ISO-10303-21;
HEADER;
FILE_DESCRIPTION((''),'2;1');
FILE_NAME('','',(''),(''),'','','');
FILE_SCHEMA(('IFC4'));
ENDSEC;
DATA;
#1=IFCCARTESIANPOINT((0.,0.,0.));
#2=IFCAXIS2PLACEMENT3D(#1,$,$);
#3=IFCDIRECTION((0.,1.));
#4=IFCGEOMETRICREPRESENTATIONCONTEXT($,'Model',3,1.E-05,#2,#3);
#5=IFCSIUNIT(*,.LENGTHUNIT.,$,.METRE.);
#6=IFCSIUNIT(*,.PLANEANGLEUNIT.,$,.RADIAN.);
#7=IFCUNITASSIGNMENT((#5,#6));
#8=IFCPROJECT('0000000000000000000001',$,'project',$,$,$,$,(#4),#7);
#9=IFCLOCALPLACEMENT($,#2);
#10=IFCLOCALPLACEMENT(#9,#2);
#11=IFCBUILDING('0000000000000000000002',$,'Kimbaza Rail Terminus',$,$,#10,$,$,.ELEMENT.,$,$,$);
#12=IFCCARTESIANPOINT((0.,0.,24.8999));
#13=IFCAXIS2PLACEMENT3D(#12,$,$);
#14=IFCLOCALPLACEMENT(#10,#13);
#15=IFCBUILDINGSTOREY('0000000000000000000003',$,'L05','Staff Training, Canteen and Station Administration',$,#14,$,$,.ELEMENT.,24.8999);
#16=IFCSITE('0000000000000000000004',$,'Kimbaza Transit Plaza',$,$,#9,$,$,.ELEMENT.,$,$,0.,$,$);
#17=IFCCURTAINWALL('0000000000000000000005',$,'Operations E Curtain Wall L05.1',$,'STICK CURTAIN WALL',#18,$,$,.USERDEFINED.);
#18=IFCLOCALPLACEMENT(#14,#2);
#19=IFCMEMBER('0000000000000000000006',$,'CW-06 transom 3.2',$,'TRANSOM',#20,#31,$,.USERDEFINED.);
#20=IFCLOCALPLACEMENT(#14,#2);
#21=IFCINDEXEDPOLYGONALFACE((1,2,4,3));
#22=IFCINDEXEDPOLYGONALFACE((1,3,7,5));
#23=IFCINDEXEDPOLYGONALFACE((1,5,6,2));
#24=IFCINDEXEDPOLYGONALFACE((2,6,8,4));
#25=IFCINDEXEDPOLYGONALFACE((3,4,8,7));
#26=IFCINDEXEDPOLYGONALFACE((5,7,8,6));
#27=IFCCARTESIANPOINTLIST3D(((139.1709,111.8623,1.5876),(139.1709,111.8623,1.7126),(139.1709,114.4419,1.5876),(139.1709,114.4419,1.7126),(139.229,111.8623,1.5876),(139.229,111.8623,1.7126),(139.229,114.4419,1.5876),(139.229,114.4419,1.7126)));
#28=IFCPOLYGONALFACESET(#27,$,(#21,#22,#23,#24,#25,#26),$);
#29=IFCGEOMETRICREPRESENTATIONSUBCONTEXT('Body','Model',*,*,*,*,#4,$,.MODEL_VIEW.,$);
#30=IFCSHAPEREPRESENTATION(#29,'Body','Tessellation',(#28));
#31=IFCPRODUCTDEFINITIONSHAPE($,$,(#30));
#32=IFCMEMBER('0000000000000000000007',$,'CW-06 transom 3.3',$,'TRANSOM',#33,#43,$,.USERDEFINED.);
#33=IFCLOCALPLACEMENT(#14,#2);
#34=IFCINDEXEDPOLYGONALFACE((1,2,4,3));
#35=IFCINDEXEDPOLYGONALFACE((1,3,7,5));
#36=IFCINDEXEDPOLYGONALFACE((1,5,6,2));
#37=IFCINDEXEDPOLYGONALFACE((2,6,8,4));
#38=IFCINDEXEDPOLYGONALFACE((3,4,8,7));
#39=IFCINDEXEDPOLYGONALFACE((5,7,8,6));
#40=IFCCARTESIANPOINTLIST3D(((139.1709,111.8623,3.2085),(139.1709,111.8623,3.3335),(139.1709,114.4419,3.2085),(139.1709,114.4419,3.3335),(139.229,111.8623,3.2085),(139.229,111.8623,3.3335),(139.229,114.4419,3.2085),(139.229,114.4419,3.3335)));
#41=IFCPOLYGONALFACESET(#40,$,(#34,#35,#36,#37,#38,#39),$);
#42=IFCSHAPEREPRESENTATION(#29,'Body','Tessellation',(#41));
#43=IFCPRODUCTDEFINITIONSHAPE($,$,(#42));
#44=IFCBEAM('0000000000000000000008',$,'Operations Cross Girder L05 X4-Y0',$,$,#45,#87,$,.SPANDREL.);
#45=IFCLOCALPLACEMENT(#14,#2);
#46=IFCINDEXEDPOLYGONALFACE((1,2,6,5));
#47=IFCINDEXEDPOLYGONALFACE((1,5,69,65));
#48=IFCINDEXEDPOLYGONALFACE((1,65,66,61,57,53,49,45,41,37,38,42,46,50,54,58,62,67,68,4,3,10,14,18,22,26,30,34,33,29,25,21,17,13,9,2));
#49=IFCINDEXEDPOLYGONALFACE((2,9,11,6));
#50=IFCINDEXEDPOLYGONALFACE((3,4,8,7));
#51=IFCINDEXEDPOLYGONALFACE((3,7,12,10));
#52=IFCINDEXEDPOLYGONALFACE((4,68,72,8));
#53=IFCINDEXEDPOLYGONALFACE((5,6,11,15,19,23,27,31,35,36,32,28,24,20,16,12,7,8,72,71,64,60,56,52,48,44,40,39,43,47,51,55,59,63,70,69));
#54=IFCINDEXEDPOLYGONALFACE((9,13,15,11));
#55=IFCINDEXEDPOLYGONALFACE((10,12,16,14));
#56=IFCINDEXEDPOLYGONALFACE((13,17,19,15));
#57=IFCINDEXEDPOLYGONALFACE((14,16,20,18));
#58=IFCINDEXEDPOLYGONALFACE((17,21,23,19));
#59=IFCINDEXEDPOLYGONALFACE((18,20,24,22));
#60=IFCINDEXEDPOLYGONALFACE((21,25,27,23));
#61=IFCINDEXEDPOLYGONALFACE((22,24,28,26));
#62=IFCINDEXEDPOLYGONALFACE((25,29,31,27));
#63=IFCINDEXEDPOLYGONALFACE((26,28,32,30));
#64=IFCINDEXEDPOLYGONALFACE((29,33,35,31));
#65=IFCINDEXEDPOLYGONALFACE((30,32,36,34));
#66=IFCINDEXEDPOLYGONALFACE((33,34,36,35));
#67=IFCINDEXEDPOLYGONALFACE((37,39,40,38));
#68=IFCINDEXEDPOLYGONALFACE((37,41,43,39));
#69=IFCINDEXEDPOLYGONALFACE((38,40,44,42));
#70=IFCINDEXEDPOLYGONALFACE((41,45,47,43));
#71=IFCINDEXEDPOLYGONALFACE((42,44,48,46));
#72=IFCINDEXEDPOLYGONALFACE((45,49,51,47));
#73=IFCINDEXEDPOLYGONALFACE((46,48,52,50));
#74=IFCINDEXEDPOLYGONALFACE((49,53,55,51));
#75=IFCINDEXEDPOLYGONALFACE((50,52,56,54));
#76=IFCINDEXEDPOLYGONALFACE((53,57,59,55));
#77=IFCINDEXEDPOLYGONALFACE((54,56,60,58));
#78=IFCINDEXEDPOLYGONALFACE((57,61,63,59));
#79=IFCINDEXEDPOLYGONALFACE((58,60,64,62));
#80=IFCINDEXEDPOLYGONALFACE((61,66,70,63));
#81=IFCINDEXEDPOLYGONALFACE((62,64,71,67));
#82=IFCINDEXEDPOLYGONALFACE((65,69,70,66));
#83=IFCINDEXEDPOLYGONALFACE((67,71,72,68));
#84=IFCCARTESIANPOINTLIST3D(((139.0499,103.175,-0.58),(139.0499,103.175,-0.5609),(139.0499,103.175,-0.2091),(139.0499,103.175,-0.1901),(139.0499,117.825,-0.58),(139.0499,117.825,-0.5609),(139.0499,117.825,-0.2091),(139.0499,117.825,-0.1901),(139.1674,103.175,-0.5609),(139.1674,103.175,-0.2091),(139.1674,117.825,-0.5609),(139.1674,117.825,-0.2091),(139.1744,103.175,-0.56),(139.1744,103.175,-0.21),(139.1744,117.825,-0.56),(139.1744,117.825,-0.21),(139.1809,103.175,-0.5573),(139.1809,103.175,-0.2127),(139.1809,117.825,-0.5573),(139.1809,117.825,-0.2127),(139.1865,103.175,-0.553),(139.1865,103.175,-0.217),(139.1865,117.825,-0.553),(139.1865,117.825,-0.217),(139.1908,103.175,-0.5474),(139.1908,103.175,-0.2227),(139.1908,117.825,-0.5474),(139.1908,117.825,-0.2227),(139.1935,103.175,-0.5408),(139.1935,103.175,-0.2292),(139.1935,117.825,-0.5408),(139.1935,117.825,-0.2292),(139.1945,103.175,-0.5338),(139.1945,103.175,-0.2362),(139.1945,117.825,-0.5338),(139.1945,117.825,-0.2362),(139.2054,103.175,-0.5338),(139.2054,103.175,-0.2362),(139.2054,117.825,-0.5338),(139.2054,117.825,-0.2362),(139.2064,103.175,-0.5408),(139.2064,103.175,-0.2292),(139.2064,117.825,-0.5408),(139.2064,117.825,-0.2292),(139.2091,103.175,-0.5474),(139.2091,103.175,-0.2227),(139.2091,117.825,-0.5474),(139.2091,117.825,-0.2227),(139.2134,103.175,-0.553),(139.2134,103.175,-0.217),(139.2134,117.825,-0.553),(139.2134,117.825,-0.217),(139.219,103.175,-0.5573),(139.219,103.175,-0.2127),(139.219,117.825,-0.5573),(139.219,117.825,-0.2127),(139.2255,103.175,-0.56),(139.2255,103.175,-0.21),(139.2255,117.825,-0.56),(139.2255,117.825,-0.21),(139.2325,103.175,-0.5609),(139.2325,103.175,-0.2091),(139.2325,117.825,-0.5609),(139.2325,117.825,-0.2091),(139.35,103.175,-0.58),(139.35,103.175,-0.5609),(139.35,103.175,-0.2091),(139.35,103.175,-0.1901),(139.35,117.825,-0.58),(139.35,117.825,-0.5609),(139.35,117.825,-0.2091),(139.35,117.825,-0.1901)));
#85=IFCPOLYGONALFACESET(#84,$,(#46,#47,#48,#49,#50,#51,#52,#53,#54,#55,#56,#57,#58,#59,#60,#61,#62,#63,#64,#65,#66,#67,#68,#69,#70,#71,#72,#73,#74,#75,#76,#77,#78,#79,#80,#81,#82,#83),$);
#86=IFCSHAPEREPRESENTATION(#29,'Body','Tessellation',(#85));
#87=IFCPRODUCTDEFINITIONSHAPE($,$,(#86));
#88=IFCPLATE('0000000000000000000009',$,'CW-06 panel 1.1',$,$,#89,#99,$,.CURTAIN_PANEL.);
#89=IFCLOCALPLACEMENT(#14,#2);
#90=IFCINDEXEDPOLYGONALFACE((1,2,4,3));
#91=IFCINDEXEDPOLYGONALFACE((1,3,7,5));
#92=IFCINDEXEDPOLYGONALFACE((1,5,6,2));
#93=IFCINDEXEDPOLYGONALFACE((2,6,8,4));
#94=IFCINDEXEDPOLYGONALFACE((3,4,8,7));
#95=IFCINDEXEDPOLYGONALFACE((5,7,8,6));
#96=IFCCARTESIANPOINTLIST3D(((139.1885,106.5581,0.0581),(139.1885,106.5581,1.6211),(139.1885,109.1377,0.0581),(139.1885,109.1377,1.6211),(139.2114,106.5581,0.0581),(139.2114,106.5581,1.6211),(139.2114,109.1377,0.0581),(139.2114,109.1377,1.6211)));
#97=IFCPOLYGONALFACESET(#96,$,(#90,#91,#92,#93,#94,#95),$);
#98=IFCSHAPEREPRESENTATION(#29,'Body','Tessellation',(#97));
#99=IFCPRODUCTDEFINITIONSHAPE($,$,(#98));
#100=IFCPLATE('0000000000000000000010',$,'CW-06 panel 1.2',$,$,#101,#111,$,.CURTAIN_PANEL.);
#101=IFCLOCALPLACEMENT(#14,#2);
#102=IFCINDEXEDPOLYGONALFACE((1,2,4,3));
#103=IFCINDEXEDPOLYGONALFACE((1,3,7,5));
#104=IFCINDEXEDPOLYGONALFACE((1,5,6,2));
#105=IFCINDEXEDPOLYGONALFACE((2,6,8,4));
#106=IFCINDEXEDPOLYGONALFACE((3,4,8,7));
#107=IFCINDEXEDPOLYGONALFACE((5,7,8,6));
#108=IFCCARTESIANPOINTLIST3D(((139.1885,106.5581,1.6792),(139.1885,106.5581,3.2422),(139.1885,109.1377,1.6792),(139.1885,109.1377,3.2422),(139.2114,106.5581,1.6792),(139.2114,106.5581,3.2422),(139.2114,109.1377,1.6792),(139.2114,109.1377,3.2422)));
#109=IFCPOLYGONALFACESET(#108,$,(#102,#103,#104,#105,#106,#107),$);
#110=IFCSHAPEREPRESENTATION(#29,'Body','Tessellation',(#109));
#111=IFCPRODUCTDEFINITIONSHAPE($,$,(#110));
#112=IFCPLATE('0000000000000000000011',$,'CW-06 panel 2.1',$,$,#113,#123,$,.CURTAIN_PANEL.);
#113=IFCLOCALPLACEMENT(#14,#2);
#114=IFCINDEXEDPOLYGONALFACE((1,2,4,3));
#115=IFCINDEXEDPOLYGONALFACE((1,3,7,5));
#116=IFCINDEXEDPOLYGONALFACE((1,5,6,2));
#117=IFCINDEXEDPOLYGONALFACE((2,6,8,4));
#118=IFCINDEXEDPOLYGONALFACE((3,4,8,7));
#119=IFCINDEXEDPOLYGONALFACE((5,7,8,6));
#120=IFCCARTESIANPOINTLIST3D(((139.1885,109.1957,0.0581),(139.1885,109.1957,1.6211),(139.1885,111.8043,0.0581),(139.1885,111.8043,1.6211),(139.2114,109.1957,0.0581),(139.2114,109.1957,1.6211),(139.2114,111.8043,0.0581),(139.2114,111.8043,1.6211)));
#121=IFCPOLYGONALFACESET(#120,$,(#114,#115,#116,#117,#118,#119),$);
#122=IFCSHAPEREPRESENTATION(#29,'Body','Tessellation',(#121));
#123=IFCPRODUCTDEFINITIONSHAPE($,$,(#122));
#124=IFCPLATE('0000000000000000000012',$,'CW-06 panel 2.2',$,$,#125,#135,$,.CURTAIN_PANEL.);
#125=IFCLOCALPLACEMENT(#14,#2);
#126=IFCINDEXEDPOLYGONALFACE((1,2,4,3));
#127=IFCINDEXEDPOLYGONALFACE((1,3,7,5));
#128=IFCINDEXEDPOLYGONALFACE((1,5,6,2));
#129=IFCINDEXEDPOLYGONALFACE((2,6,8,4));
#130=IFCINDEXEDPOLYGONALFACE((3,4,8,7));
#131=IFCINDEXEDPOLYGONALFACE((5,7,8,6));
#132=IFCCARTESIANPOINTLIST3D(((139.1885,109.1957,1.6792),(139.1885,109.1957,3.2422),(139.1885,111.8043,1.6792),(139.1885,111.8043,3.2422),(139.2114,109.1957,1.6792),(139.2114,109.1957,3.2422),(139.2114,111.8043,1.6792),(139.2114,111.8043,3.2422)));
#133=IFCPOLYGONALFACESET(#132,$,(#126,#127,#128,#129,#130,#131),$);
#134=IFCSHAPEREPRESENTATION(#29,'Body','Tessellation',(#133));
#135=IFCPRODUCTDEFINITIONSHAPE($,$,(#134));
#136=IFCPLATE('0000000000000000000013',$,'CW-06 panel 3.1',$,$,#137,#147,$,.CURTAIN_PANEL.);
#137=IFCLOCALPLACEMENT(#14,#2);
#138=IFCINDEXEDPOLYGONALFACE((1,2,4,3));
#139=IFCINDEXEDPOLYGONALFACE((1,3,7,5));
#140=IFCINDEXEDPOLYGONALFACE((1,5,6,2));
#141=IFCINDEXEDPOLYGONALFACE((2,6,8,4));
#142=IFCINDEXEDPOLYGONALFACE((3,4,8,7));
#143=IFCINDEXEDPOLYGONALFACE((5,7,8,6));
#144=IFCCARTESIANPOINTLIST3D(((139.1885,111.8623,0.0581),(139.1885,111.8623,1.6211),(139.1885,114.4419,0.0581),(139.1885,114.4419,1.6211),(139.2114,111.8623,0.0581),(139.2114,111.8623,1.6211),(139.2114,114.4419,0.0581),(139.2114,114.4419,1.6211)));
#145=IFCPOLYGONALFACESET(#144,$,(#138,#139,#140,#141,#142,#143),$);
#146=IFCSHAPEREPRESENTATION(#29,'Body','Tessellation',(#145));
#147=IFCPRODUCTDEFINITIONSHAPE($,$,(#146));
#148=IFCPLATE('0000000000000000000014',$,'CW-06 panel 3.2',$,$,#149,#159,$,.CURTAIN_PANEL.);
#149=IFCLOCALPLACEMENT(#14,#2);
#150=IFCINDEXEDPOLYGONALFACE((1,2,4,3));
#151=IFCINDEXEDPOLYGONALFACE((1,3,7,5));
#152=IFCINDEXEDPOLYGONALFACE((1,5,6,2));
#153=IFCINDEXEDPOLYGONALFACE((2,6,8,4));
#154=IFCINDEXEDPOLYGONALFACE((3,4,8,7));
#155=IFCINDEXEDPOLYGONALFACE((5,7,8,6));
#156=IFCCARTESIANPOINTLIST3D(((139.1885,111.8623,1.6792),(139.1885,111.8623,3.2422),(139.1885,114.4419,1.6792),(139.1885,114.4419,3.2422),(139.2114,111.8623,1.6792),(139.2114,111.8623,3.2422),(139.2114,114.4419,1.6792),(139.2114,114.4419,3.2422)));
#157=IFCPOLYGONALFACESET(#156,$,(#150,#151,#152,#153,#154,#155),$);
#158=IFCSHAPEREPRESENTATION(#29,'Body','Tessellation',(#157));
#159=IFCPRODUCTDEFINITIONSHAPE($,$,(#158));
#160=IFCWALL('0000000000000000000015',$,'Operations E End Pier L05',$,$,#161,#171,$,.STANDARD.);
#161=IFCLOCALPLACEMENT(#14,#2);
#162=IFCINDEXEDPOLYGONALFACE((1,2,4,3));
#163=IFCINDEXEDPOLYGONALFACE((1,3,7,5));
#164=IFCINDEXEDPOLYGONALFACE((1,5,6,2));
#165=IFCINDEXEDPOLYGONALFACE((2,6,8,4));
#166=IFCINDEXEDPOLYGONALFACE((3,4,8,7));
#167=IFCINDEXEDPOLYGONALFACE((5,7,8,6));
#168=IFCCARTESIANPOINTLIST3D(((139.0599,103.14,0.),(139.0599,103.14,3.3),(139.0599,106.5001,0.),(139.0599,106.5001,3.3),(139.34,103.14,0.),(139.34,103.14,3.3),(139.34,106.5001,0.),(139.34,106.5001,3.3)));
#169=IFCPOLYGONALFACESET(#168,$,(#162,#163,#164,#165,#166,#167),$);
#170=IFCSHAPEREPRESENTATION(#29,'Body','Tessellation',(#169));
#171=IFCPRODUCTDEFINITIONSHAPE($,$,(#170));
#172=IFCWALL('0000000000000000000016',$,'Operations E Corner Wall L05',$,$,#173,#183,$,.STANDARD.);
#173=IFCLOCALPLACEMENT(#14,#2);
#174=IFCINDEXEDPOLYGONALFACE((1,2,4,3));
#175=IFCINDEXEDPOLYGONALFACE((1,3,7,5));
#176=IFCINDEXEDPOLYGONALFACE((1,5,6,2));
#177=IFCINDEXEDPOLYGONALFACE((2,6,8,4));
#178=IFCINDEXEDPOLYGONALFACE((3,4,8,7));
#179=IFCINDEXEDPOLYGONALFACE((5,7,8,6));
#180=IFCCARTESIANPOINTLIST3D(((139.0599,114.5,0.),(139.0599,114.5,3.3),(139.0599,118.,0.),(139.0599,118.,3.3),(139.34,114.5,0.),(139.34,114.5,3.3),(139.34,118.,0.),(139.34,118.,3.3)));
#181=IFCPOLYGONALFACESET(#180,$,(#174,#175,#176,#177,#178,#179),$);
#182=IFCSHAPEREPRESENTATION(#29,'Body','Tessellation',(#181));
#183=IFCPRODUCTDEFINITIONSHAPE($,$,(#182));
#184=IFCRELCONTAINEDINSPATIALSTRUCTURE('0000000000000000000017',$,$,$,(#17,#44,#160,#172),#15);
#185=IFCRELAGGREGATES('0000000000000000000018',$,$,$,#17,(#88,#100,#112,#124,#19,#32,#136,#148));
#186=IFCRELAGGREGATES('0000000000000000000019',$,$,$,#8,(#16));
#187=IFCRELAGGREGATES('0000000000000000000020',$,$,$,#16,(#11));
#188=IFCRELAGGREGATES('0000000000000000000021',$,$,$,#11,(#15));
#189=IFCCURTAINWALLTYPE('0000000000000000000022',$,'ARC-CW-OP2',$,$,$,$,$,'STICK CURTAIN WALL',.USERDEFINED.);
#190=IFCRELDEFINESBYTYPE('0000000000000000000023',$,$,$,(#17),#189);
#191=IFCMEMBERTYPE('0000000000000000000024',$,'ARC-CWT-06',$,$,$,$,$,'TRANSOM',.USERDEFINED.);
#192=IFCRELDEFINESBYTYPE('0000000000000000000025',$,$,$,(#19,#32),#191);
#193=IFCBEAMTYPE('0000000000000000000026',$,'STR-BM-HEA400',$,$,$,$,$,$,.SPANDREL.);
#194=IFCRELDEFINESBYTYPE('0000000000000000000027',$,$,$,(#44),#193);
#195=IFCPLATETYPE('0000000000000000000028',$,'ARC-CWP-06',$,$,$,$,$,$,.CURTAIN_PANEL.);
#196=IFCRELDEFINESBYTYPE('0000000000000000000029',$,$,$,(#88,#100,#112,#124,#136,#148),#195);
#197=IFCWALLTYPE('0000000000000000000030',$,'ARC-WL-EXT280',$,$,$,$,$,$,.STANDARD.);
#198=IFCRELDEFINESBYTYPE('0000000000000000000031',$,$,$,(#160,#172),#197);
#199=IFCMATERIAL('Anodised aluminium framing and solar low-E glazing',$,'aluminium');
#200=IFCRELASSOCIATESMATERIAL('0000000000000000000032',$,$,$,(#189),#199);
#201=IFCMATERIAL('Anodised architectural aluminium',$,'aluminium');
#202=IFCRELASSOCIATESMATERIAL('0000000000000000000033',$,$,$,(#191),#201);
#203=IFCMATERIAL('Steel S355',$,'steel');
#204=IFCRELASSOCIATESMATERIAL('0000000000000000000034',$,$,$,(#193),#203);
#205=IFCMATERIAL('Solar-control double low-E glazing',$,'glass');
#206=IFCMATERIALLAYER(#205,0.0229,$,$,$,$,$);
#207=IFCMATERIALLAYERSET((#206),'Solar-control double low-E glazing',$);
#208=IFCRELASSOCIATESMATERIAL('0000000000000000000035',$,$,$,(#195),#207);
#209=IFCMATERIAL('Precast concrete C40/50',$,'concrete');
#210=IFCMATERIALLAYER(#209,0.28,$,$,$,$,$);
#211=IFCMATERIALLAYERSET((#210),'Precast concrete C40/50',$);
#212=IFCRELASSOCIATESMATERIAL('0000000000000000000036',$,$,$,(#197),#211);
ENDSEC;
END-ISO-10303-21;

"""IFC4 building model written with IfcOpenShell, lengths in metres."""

from ifc_helpers import new_model, si_unit, direction, frame, frame_2d, origin, origin_2d, place, context, subcontext, project, spatial, rectangle, i_section, extrude, material, layer, layer_set, material_profile, profile_set, type_object, element, aggregate, save


model = new_model("IFC4")

# Units and contexts
model_context = context("Model", 3, precision=1e-05, world=origin(), true_north=direction((0.0, 1.0)))
body_context = subcontext(model_context, "Body", "Model", "MODEL_VIEW")
ifc_project = project(units=[si_unit("LENGTHUNIT", "METRE"), si_unit("PLANEANGLEUNIT", "RADIAN")], contexts=[model_context])

# Site, building, storey
site_placement = place(None, origin())
site = spatial("IfcSite", under=ifc_project, at=site_placement, Name="Kimbaza Transit Plaza", CompositionType="ELEMENT", RefElevation=0.0)
building_placement = place(site_placement, origin())
building = spatial("IfcBuilding", under=site, at=building_placement, Name="Kimbaza Rail Terminus", CompositionType="ELEMENT")
storey_placement = place(building_placement, frame((0.0, 0.0, 24.8999)))
storey = spatial("IfcBuildingStorey", under=building, at=storey_placement, Name="L05", Description="Staff Training, Canteen and Station Administration", CompositionType="ELEMENT", Elevation=24.8999)

# Curtain wall, members
ifc_material_1 = material(Name="Anodised aluminium framing and solar low-E glazing", Category="aluminium")
curtain_wall_type = type_object("IfcCurtainWallType", Name="ARC-CW-OP2", ElementType="STICK CURTAIN WALL", PredefinedType="USERDEFINED", material=ifc_material_1)
curtain_wall_placement = place(storey_placement, origin())
curtain_wall = element("IfcCurtainWall", 1, at=curtain_wall_placement, inside=storey, type_object=curtain_wall_type, Name="Operations E Curtain Wall L05.1", ObjectType="STICK CURTAIN WALL", PredefinedType="USERDEFINED")
ifc_material_2 = material(Name="Anodised architectural aluminium", Category="aluminium")
ifc_material_profile_1 = material_profile(ifc_material_2, rectangle(XDim=0.0581, YDim=0.125, at=origin_2d()), Name="TRANSOM 58x125")
ifc_profile_set_1 = profile_set([ifc_material_profile_1], Name="Anodised architectural aluminium")
member_type_1 = type_object("IfcMemberType", Name="ARC-CWT-06", ElementType="TRANSOM", PredefinedType="USERDEFINED", material=ifc_profile_set_1)
member_1_placement = place(storey_placement, frame((139.2, 111.8623, 1.6501), z_axis=(0.0, 1.0, 0.0), x_axis=(-1.0, 0.0, 0.0)))
member_1 = element("IfcMember", 2, at=member_1_placement, type_object=member_type_1, Name="CW-06 transom 3.2", ObjectType="TRANSOM", PredefinedType="USERDEFINED", context=body_context, shape_type="SweptSolid", body=[
    extrude(rectangle(XDim=0.0581, YDim=0.125, at=origin_2d()), origin(), (0.0, 0.0, 1.0), 2.5796),
])
member_2_placement = place(storey_placement, frame((139.2, 111.8623, 3.271), z_axis=(0.0, 1.0, 0.0), x_axis=(-1.0, 0.0, 0.0)))
member_2 = element("IfcMember", 3, at=member_2_placement, type_object=member_type_1, Name="CW-06 transom 3.3", ObjectType="TRANSOM", PredefinedType="USERDEFINED", context=body_context, shape_type="SweptSolid", body=[
    extrude(rectangle(XDim=0.0581, YDim=0.125, at=origin_2d()), origin(), (0.0, 0.0, 1.0), 2.5796),
])

# Beam
ifc_material_3 = material(Name="Steel S355", Category="steel")
ifc_material_profile_2 = material_profile(ifc_material_3, i_section(OverallWidth=0.3, OverallDepth=0.3899, WebThickness=0.011, FlangeThickness=0.019, FilletRadius=0.0271, at=origin_2d()), Name="HEA 400")
ifc_profile_set_2 = profile_set([ifc_material_profile_2], Name="Steel S355")
beam_type = type_object("IfcBeamType", Name="STR-BM-HEA400", PredefinedType="SPANDREL", material=ifc_profile_set_2)
beam_placement = place(storey_placement, frame((139.2, 103.175, -0.385), z_axis=(0.0, 1.0, 0.0), x_axis=(-1.0, 0.0, 0.0)))
element("IfcBeam", 4, at=beam_placement, inside=storey, type_object=beam_type, Name="Operations Cross Girder L05 X4-Y0", PredefinedType="SPANDREL", context=body_context, shape_type="SweptSolid", body=[
    extrude(i_section(OverallWidth=0.3, OverallDepth=0.3899, WebThickness=0.011, FlangeThickness=0.019, FilletRadius=0.0271, at=origin_2d()), origin(), (0.0, 0.0, 1.0), 14.6499),
])

# Plates
ifc_material_4 = material(Name="Solar-control double low-E glazing", Category="glass")
ifc_layer_1 = layer(ifc_material_4, 0.0229)
ifc_layer_set_1 = layer_set([ifc_layer_1], Name="Solar-control double low-E glazing")
plate_type = type_object("IfcPlateType", Name="ARC-CWP-06", PredefinedType="CURTAIN_PANEL", material=ifc_layer_set_1)
plate_1_placement = place(storey_placement, frame((139.2, 107.8479, 0.0581), z_axis=(0.0, 0.0, 1.0), x_axis=(0.0, 1.0, 0.0)))
plate_1 = element("IfcPlate", 5, at=plate_1_placement, type_object=plate_type, Name="CW-06 panel 1.1", PredefinedType="CURTAIN_PANEL", context=body_context, shape_type="SweptSolid", body=[
    extrude(rectangle(XDim=2.5796, YDim=0.0229, at=origin_2d()), origin(), (0.0, 0.0, 1.0), 1.563),
])
plate_2_placement = place(storey_placement, frame((139.2, 107.8479, 1.6792), z_axis=(0.0, 0.0, 1.0), x_axis=(0.0, 1.0, 0.0)))
plate_2 = element("IfcPlate", 6, at=plate_2_placement, type_object=plate_type, Name="CW-06 panel 1.2", PredefinedType="CURTAIN_PANEL", context=body_context, shape_type="SweptSolid", body=[
    extrude(rectangle(XDim=2.5796, YDim=0.0229, at=origin_2d()), origin(), (0.0, 0.0, 1.0), 1.563),
])
plate_3_placement = place(storey_placement, frame((139.2, 110.5, 0.0581), z_axis=(0.0, 0.0, 1.0), x_axis=(0.0, 1.0, 0.0)))
plate_3 = element("IfcPlate", 7, at=plate_3_placement, type_object=plate_type, Name="CW-06 panel 2.1", PredefinedType="CURTAIN_PANEL", context=body_context, shape_type="SweptSolid", body=[
    extrude(rectangle(XDim=2.6086, YDim=0.0229, at=origin_2d()), origin(), (0.0, 0.0, 1.0), 1.563),
])
plate_4_placement = place(storey_placement, frame((139.2, 110.5, 1.6792), z_axis=(0.0, 0.0, 1.0), x_axis=(0.0, 1.0, 0.0)))
plate_4 = element("IfcPlate", 8, at=plate_4_placement, type_object=plate_type, Name="CW-06 panel 2.2", PredefinedType="CURTAIN_PANEL", context=body_context, shape_type="SweptSolid", body=[
    extrude(rectangle(XDim=2.6086, YDim=0.0229, at=origin_2d()), origin(), (0.0, 0.0, 1.0), 1.563),
])
plate_5_placement = place(storey_placement, frame((139.2, 113.1521, 0.0581), z_axis=(0.0, 0.0, 1.0), x_axis=(0.0, 1.0, 0.0)))
plate_5 = element("IfcPlate", 9, at=plate_5_placement, type_object=plate_type, Name="CW-06 panel 3.1", PredefinedType="CURTAIN_PANEL", context=body_context, shape_type="SweptSolid", body=[
    extrude(rectangle(XDim=2.5796, YDim=0.0229, at=origin_2d()), origin(), (0.0, 0.0, 1.0), 1.563),
])
plate_6_placement = place(storey_placement, frame((139.2, 113.1521, 1.6792), z_axis=(0.0, 0.0, 1.0), x_axis=(0.0, 1.0, 0.0)))
plate_6 = element("IfcPlate", 10, at=plate_6_placement, type_object=plate_type, Name="CW-06 panel 3.2", PredefinedType="CURTAIN_PANEL", context=body_context, shape_type="SweptSolid", body=[
    extrude(rectangle(XDim=2.5796, YDim=0.0229, at=origin_2d()), origin(), (0.0, 0.0, 1.0), 1.563),
])
aggregate(curtain_wall, [plate_1, plate_2, plate_3, plate_4, member_1, member_2, plate_5, plate_6])

# Walls
ifc_material_5 = material(Name="Precast concrete C40/50", Category="concrete")
ifc_layer_2 = layer(ifc_material_5, 0.28)
ifc_layer_set_2 = layer_set([ifc_layer_2], Name="Precast concrete C40/50")
wall_type_1 = type_object("IfcWallType", Name="ARC-WL-EXT280", PredefinedType="STANDARD", material=ifc_layer_set_2)
wall_1_placement = place(storey_placement, frame((139.2, 103.1399, 0.0), z_axis=(0.0, 0.0, 1.0), x_axis=(0.0, 1.0, 0.0)))
element("IfcWall", 11, at=wall_1_placement, inside=storey, type_object=wall_type_1, Name="Operations E End Pier L05", PredefinedType="STANDARD", context=body_context, shape_type="SweptSolid", body=[
    extrude(rectangle(XDim=3.3601, YDim=0.28, at=frame_2d((1.6802, 0.0))), origin(), (0.0, 0.0, 1.0), 3.3),
])
wall_2_placement = place(storey_placement, frame((139.2, 114.5, 0.0), z_axis=(0.0, 0.0, 1.0), x_axis=(0.0, 1.0, 0.0)))
element("IfcWall", 12, at=wall_2_placement, inside=storey, type_object=wall_type_1, Name="Operations E Corner Wall L05", PredefinedType="STANDARD", context=body_context, shape_type="SweptSolid", body=[
    extrude(rectangle(XDim=3.5, YDim=0.28, at=frame_2d((1.75, 0.0))), origin(), (0.0, 0.0, 1.0), 3.3),
])

save(model, "model.ifc")
